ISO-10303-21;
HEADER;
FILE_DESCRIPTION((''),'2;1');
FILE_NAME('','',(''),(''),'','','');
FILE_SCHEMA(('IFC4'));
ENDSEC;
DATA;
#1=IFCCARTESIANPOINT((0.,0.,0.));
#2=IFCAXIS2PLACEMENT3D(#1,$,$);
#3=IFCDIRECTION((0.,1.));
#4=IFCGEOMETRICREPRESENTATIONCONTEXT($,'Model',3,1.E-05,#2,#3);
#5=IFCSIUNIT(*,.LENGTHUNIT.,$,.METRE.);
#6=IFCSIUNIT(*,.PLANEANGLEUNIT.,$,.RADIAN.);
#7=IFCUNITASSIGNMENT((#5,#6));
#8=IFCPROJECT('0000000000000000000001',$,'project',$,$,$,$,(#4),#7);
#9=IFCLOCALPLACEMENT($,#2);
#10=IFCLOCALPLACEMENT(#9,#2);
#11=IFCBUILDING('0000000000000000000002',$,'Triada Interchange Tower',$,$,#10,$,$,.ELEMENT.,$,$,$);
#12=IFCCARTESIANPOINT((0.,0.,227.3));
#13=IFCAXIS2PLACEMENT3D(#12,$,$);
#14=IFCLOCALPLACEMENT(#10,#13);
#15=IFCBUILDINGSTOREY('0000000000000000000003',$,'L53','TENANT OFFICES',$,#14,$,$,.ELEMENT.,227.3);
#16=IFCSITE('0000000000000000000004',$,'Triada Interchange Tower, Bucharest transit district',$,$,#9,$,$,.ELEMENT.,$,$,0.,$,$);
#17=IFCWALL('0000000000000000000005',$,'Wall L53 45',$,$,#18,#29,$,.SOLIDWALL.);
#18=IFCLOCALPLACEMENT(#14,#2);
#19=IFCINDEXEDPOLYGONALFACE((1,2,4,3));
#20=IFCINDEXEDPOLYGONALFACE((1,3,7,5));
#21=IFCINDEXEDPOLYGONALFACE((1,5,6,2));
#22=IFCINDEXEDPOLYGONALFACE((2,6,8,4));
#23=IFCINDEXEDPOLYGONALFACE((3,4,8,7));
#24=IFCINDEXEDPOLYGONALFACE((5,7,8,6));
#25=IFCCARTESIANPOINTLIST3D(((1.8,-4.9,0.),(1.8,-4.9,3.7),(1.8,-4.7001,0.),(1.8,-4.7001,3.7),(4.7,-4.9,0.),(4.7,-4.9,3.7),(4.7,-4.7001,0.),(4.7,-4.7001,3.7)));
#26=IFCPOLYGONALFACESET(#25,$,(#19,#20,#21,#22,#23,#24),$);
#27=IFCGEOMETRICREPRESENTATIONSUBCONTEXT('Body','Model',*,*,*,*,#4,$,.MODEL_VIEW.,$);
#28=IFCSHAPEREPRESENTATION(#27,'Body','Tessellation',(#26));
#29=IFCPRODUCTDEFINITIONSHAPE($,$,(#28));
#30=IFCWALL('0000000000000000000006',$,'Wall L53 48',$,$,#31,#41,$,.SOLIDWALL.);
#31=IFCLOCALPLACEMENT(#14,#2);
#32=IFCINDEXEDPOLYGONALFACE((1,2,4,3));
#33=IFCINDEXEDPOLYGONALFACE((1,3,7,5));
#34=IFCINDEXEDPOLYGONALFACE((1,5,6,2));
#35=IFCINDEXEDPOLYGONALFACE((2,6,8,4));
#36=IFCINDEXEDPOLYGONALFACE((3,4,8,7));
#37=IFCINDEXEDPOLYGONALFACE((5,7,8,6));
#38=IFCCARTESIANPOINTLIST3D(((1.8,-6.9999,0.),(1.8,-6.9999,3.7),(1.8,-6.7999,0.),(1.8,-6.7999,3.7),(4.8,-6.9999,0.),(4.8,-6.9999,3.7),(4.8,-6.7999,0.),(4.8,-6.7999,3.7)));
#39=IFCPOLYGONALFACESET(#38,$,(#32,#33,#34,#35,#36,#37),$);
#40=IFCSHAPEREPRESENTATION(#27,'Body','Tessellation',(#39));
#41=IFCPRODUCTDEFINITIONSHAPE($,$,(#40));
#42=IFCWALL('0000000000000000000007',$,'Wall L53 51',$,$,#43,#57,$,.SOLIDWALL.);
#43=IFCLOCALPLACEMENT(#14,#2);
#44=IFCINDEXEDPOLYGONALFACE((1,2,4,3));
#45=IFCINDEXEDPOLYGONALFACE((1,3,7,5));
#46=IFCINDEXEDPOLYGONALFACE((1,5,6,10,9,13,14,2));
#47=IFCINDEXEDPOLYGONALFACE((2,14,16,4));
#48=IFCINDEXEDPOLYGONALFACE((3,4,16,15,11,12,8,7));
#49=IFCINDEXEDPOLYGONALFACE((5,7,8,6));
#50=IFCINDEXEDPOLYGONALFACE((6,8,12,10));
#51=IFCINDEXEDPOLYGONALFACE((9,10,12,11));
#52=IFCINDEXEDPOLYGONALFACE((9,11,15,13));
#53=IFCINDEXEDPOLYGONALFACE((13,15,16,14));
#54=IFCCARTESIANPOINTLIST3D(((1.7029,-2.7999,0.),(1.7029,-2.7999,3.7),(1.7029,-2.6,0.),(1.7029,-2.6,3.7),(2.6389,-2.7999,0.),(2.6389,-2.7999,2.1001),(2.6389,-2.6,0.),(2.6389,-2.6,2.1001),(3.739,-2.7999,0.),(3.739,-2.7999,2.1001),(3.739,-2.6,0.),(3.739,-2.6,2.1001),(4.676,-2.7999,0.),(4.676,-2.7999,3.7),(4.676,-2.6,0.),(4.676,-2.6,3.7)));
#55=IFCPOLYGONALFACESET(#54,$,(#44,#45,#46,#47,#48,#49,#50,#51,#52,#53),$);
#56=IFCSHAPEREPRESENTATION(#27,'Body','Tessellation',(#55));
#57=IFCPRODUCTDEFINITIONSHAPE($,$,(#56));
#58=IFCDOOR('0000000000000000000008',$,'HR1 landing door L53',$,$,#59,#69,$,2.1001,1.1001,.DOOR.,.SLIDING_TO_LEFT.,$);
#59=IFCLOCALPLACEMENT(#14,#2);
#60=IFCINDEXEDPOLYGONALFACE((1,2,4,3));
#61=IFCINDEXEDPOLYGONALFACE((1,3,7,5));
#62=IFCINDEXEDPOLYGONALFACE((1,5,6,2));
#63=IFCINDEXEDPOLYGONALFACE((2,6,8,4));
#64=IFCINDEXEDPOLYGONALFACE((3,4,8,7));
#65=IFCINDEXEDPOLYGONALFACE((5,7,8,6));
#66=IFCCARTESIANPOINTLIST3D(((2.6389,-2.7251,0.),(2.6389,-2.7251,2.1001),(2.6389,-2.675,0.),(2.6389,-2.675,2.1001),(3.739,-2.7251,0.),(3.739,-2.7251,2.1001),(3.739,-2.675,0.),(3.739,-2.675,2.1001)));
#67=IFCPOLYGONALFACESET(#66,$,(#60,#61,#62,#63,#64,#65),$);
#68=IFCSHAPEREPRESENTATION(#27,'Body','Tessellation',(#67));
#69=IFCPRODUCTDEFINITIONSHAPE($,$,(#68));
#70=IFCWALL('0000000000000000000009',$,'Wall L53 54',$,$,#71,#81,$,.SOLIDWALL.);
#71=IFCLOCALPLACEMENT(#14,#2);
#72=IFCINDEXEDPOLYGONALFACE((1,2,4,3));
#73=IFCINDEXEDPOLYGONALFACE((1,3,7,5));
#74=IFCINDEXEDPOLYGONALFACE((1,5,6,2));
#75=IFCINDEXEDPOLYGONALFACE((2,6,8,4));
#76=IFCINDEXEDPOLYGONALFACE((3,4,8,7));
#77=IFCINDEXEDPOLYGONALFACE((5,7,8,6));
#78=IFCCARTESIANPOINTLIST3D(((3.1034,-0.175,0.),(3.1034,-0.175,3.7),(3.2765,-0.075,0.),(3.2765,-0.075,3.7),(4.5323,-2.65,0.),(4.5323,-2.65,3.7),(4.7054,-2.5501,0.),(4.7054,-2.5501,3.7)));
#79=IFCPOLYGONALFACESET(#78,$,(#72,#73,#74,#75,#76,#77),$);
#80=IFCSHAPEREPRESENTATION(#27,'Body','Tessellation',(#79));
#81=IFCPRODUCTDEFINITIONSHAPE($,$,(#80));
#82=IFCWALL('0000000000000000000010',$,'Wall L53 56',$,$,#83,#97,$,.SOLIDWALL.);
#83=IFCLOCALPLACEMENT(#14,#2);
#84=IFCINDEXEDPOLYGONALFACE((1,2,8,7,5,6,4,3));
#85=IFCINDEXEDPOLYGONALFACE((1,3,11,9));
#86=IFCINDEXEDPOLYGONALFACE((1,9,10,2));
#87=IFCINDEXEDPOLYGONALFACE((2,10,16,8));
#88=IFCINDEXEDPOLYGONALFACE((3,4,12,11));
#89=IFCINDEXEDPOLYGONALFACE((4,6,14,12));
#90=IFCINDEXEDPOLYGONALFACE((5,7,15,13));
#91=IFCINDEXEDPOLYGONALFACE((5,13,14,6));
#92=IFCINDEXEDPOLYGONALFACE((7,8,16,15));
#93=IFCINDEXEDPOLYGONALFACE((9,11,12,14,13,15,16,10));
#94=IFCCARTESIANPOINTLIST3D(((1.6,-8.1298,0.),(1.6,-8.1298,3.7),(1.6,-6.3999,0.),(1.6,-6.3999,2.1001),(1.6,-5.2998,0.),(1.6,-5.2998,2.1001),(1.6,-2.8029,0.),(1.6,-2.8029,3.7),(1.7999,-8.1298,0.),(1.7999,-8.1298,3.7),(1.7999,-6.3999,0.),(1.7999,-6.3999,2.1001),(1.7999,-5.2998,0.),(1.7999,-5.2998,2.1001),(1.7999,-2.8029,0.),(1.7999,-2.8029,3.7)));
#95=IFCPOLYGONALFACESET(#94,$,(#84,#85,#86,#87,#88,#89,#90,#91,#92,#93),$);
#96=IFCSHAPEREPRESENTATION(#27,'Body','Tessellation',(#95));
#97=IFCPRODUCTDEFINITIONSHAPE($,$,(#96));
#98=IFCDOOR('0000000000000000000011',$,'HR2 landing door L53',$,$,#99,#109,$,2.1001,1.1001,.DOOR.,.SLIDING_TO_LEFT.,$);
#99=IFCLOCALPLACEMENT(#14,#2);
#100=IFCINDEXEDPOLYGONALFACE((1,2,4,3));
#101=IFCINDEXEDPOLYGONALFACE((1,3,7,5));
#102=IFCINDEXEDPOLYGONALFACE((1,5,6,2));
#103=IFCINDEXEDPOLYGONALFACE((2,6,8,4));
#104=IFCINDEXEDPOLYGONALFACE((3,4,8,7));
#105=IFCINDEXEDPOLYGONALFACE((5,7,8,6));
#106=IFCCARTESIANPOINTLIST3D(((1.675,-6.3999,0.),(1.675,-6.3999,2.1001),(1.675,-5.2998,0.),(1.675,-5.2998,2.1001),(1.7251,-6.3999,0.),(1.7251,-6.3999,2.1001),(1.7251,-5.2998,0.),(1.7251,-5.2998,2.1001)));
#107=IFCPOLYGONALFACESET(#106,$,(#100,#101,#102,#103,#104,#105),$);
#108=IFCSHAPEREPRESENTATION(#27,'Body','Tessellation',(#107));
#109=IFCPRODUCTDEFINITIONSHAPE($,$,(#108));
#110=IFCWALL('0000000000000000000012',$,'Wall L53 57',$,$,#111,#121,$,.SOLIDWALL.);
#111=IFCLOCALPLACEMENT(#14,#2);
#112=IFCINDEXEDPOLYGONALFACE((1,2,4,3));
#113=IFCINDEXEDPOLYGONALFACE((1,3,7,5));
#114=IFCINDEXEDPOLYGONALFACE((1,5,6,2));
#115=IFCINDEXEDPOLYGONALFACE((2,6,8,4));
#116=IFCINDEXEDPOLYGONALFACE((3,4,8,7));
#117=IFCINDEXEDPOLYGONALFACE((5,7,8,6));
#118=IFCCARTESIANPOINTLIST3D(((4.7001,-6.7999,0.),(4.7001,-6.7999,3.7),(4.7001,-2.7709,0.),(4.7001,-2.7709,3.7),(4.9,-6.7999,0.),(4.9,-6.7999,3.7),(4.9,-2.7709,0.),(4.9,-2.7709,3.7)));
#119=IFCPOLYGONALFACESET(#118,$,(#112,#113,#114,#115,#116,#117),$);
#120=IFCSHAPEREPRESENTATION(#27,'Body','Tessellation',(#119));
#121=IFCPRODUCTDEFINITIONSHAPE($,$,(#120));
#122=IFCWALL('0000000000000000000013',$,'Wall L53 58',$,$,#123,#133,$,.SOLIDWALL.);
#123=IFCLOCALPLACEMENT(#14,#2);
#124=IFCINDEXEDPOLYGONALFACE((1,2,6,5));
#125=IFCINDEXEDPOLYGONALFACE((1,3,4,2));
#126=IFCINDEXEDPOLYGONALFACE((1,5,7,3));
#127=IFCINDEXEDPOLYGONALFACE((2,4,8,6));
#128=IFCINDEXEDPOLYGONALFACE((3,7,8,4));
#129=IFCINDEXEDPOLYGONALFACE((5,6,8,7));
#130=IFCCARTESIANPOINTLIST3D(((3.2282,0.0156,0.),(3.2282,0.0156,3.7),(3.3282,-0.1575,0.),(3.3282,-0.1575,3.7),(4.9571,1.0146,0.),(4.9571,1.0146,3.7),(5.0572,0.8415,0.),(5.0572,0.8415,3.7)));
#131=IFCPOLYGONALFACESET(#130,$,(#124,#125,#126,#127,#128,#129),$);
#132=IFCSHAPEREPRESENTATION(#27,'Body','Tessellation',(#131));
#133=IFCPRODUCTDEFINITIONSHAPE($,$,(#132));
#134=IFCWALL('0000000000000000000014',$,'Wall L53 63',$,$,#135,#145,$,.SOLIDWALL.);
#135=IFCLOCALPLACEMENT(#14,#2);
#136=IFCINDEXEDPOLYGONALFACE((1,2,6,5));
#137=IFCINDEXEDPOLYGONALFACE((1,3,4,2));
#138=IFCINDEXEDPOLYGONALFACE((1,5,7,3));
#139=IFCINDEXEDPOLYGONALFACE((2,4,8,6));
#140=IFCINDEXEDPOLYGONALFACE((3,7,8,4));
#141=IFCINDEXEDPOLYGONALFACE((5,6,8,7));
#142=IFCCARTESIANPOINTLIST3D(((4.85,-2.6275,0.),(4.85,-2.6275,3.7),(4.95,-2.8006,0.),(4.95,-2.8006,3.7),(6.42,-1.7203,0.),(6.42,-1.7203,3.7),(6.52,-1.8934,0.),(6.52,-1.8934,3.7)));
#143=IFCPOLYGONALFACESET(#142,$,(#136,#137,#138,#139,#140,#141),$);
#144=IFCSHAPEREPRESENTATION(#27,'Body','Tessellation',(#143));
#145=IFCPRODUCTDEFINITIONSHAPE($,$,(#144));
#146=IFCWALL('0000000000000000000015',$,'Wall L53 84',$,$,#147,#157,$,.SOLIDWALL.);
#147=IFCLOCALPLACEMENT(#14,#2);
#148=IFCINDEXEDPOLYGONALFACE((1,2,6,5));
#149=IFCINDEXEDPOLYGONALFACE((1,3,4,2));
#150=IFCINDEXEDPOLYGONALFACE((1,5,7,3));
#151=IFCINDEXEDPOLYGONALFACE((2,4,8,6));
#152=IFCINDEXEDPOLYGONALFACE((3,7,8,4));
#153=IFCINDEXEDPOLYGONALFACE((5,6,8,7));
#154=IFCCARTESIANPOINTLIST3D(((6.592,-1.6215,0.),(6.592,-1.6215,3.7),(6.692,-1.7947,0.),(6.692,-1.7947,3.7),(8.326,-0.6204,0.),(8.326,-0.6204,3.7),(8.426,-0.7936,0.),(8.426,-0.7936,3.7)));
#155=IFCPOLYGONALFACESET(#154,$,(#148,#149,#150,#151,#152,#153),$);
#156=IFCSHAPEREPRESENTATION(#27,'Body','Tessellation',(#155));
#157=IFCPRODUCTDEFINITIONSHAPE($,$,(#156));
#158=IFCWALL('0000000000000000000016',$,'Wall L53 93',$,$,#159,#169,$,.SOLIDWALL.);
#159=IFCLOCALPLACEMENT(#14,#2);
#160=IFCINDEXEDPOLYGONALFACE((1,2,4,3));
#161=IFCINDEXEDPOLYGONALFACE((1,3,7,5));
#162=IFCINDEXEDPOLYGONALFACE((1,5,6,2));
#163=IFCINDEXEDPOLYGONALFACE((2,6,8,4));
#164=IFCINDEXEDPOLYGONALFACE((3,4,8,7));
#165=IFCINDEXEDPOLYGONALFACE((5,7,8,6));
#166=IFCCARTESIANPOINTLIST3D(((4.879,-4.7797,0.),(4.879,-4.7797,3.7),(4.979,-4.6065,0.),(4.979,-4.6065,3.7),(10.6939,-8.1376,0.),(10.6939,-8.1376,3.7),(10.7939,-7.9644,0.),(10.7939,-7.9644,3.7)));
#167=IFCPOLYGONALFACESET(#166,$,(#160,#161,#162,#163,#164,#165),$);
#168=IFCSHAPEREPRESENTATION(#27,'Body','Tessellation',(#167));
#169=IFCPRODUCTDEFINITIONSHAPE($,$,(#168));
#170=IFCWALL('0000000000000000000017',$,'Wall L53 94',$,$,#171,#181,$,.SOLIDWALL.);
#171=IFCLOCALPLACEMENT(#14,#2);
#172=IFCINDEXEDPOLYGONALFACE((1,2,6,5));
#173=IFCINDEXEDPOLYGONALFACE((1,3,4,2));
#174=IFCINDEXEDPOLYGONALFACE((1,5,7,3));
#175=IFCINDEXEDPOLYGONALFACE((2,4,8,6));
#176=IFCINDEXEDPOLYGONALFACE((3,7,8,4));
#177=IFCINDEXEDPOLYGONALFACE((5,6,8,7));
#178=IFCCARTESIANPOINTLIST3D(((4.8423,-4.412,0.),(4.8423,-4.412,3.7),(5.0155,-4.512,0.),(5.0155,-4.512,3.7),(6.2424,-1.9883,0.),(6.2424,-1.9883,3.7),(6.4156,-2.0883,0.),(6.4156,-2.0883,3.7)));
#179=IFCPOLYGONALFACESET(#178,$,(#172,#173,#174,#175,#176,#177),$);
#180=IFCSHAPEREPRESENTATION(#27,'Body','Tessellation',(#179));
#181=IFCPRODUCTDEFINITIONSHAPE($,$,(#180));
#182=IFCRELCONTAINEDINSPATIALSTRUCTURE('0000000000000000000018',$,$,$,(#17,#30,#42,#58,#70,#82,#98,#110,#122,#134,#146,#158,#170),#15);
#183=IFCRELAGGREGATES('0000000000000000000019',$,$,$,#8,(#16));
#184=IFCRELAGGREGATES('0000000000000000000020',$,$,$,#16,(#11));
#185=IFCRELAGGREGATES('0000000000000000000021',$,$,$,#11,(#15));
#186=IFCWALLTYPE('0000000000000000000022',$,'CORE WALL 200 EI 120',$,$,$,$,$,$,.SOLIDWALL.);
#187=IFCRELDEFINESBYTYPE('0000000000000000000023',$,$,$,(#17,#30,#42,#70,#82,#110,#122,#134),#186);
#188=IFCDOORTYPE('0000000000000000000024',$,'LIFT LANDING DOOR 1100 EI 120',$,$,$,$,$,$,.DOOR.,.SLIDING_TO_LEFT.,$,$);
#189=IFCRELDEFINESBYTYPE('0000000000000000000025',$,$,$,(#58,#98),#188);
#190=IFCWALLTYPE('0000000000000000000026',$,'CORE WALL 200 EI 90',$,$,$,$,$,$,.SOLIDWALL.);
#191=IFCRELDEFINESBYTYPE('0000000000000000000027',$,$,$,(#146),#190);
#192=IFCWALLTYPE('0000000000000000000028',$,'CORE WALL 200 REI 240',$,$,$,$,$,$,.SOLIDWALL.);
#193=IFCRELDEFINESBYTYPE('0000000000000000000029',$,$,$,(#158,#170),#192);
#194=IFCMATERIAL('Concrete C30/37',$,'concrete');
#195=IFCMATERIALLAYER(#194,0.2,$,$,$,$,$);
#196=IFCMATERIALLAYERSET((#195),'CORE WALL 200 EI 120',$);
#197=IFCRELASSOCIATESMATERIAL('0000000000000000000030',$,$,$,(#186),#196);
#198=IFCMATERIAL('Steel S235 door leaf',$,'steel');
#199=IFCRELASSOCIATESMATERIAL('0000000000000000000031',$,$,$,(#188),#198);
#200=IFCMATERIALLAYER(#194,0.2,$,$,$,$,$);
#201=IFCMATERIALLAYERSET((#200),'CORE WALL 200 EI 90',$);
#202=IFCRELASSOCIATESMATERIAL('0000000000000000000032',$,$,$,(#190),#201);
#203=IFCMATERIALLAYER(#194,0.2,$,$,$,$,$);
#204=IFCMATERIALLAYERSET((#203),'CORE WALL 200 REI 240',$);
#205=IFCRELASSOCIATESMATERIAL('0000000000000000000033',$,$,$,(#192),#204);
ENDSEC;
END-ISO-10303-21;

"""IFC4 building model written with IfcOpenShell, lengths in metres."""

from ifc_helpers import new_model, si_unit, direction, frame, frame_2d, origin, place, context, subcontext, project, spatial, rectangle, extrude, material, layer, layer_set, type_object, element, fill, save


model = new_model("IFC4")

# Units and contexts
model_context = context("Model", 3, precision=1e-05, world=origin(), true_north=direction((0.0, 1.0)))
body_context = subcontext(model_context, "Body", "Model", "MODEL_VIEW")
ifc_project = project(units=[si_unit("LENGTHUNIT", "METRE"), si_unit("PLANEANGLEUNIT", "RADIAN")], contexts=[model_context])

# Site, building, storey
site_placement = place(None, origin())
site = spatial("IfcSite", under=ifc_project, at=site_placement, Name="Triada Interchange Tower, Bucharest transit district", CompositionType="ELEMENT", RefElevation=0.0)
building_placement = place(site_placement, origin())
building = spatial("IfcBuilding", under=site, at=building_placement, Name="Triada Interchange Tower", CompositionType="ELEMENT")
storey_placement = place(building_placement, frame((0.0, 0.0, 227.3)))
storey = spatial("IfcBuildingStorey", under=building, at=storey_placement, Name="L53", Description="TENANT OFFICES", CompositionType="ELEMENT", Elevation=227.3)

# Walls
ifc_material_1 = material(Name="Concrete C30/37", Category="concrete")
ifc_layer_1 = layer(ifc_material_1, 0.2)
ifc_layer_set_1 = layer_set([ifc_layer_1], Name="CORE WALL 200 EI 120")
wall_type_1 = type_object("IfcWallType", Name="CORE WALL 200 EI 120", PredefinedType="SOLIDWALL", material=ifc_layer_set_1)
wall_1_placement = place(storey_placement, frame((1.8, -4.8, 0.0), z_axis=(0.0, 0.0, 1.0), x_axis=(1.0, 0.0, 0.0)))
element("IfcWall", 1, at=wall_1_placement, inside=storey, type_object=wall_type_1, Name="Wall L53 45", PredefinedType="SOLIDWALL", context=body_context, shape_type="SweptSolid", body=[
    extrude(rectangle(XDim=2.8999, YDim=0.2, at=frame_2d((1.45, 0.0))), origin(), (0.0, 0.0, 1.0), 3.7),
])
wall_2_placement = place(storey_placement, frame((1.8, -6.8999, 0.0), z_axis=(0.0, 0.0, 1.0), x_axis=(1.0, 0.0, 0.0)))
element("IfcWall", 2, at=wall_2_placement, inside=storey, type_object=wall_type_1, Name="Wall L53 48", PredefinedType="SOLIDWALL", context=body_context, shape_type="SweptSolid", body=[
    extrude(rectangle(XDim=3.0, YDim=0.2, at=frame_2d((1.5, 0.0))), origin(), (0.0, 0.0, 1.0), 3.7),
])

# Wall, opening, door
wall_3_placement = place(storey_placement, frame((1.7029, -2.7, 0.0), z_axis=(0.0, 0.0, 1.0), x_axis=(1.0, 0.0, 0.0)))
wall_3 = element("IfcWall", 3, at=wall_3_placement, inside=storey, type_object=wall_type_1, Name="Wall L53 51", PredefinedType="SOLIDWALL", context=body_context, shape_type="SweptSolid", body=[
    extrude(rectangle(XDim=2.9731, YDim=0.2, at=frame_2d((1.4866, 0.0))), origin(), (0.0, 0.0, 1.0), 3.7),
])
opening_1_placement = place(wall_3_placement, frame((0.936, 0.0, 0.0)))
opening_1 = element("IfcOpeningElement", 4, at=opening_1_placement, cuts=wall_3, PredefinedType="OPENING", context=body_context, shape_type="SweptSolid", body=[
    extrude(rectangle(XDim=1.1001, YDim=2.1001, at=frame_2d((0.55, 1.05))), frame((0.0, 0.1099, 0.0), z_axis=(0.0, -1.0, 0.0), x_axis=(1.0, 0.0, 0.0)), (0.0, 0.0, 1.0), 0.22),
])
ifc_material_2 = material(Name="Steel S235 door leaf", Category="steel")
door_type_1 = type_object("IfcDoorType", Name="LIFT LANDING DOOR 1100 EI 120", OperationType="SLIDING_TO_LEFT", PredefinedType="DOOR", material=ifc_material_2)
door_1_placement = place(opening_1_placement, origin())
door_1 = element("IfcDoor", 5, at=door_1_placement, inside=storey, type_object=door_type_1, Name="HR1 landing door L53", OperationType="SLIDING_TO_LEFT", OverallHeight=2.1001, OverallWidth=1.1001, PredefinedType="DOOR", context=body_context, shape_type="SweptSolid", body=[
    extrude(rectangle(XDim=1.1001, YDim=2.1001, at=frame_2d((0.55, 1.05))), frame((0.0, 0.0249, 0.0), z_axis=(0.0, -1.0, 0.0), x_axis=(1.0, 0.0, 0.0)), (0.0, 0.0, 1.0), 0.05),
])
fill(opening_1, door_1)

# Wall
wall_4_placement = place(storey_placement, frame((3.1899, -0.125, 0.0), z_axis=(0.0, 0.0, 1.0), x_axis=(0.499989, -0.866032, 0.0)))
element("IfcWall", 6, at=wall_4_placement, inside=storey, type_object=wall_type_1, Name="Wall L53 54", PredefinedType="SOLIDWALL", context=body_context, shape_type="SweptSolid", body=[
    extrude(rectangle(XDim=2.8579, YDim=0.2, at=frame_2d((1.429, 0.0))), origin(), (0.0, 0.0, 1.0), 3.7),
])

# Wall, opening, door
wall_5_placement = place(storey_placement, frame((1.7, -8.1299, 0.0), z_axis=(0.0, 0.0, 1.0), x_axis=(0.0, 1.0, 0.0)))
wall_5 = element("IfcWall", 7, at=wall_5_placement, inside=storey, type_object=wall_type_1, Name="Wall L53 56", PredefinedType="SOLIDWALL", context=body_context, shape_type="SweptSolid", body=[
    extrude(rectangle(XDim=5.3269, YDim=0.2, at=frame_2d((2.6636, 0.0))), origin(), (0.0, 0.0, 1.0), 3.7),
])
opening_2_placement = place(wall_5_placement, frame((1.73, 0.0, 0.0)))
opening_2 = element("IfcOpeningElement", 8, at=opening_2_placement, cuts=wall_5, PredefinedType="OPENING", context=body_context, shape_type="SweptSolid", body=[
    extrude(rectangle(XDim=1.1001, YDim=2.1001, at=frame_2d((0.55, 1.05))), frame((0.0, 0.1099, 0.0), z_axis=(0.0, -1.0, 0.0), x_axis=(1.0, 0.0, 0.0)), (0.0, 0.0, 1.0), 0.22),
])
door_2_placement = place(opening_2_placement, origin())
door_2 = element("IfcDoor", 9, at=door_2_placement, inside=storey, type_object=door_type_1, Name="HR2 landing door L53", OperationType="SLIDING_TO_LEFT", OverallHeight=2.1001, OverallWidth=1.1001, PredefinedType="DOOR", context=body_context, shape_type="SweptSolid", body=[
    extrude(rectangle(XDim=1.1001, YDim=2.1001, at=frame_2d((0.55, 1.05))), frame((0.0, 0.0249, 0.0), z_axis=(0.0, -1.0, 0.0), x_axis=(1.0, 0.0, 0.0)), (0.0, 0.0, 1.0), 0.05),
])
fill(opening_2, door_2)

# Walls
wall_6_placement = place(storey_placement, frame((4.8, -6.8, 0.0), z_axis=(0.0, 0.0, 1.0), x_axis=(0.0, 1.0, 0.0)))
element("IfcWall", 10, at=wall_6_placement, inside=storey, type_object=wall_type_1, Name="Wall L53 57", PredefinedType="SOLIDWALL", context=body_context, shape_type="SweptSolid", body=[
    extrude(rectangle(XDim=4.0291, YDim=0.2, at=frame_2d((2.0146, 0.0))), origin(), (0.0, 0.0, 1.0), 3.7),
])
wall_7_placement = place(storey_placement, frame((3.2781, -0.071, 0.0), z_axis=(0.0, 0.0, 1.0), x_axis=(0.865856, 0.500294, 0.0)))
element("IfcWall", 11, at=wall_7_placement, inside=storey, type_object=wall_type_1, Name="Wall L53 58", PredefinedType="SOLIDWALL", context=body_context, shape_type="SweptSolid", body=[
    extrude(rectangle(XDim=1.9968, YDim=0.2, at=frame_2d((0.9985, 0.0))), origin(), (0.0, 0.0, 1.0), 3.7),
])
wall_8_placement = place(storey_placement, frame((4.8999, -2.7141, 0.0), z_axis=(0.0, 0.0, 1.0), x_axis=(0.865847, 0.500309, 0.0)))
element("IfcWall", 12, at=wall_8_placement, inside=storey, type_object=wall_type_1, Name="Wall L53 63", PredefinedType="SOLIDWALL", context=body_context, shape_type="SweptSolid", body=[
    extrude(rectangle(XDim=1.8132, YDim=0.2, at=frame_2d((0.9067, 0.0))), origin(), (0.0, 0.0, 1.0), 3.7),
])
ifc_layer_2 = layer(ifc_material_1, 0.2)
ifc_layer_set_2 = layer_set([ifc_layer_2], Name="CORE WALL 200 EI 90")
wall_type_2 = type_object("IfcWallType", Name="CORE WALL 200 EI 90", PredefinedType="SOLIDWALL", material=ifc_layer_set_2)
wall_9_placement = place(storey_placement, frame((6.6421, -1.708, 0.0), z_axis=(0.0, 0.0, 1.0), x_axis=(0.866043, 0.499969, 0.0)))
element("IfcWall", 13, at=wall_9_placement, inside=storey, type_object=wall_type_2, Name="Wall L53 84", PredefinedType="SOLIDWALL", context=body_context, shape_type="SweptSolid", body=[
    extrude(rectangle(XDim=2.0022, YDim=0.2, at=frame_2d((1.001, 0.0))), origin(), (0.0, 0.0, 1.0), 3.7),
])
ifc_layer_3 = layer(ifc_material_1, 0.2)
ifc_layer_set_3 = layer_set([ifc_layer_3], Name="CORE WALL 200 REI 240")
wall_type_3 = type_object("IfcWallType", Name="CORE WALL 200 REI 240", PredefinedType="SOLIDWALL", material=ifc_layer_set_3)
wall_10_placement = place(storey_placement, frame((4.929, -4.6931, 0.0), z_axis=(0.0, 0.0, 1.0), x_axis=(0.865983, -0.500073, 0.0)))
element("IfcWall", 14, at=wall_10_placement, inside=storey, type_object=wall_type_3, Name="Wall L53 93", PredefinedType="SOLIDWALL", context=body_context, shape_type="SweptSolid", body=[
    extrude(rectangle(XDim=6.7148, YDim=0.2, at=frame_2d((3.3574, 0.0))), origin(), (0.0, 0.0, 1.0), 3.7),
])
wall_11_placement = place(storey_placement, frame((4.929, -4.4619, 0.0), z_axis=(0.0, 0.0, 1.0), x_axis=(0.500201, 0.86591, 0.0)))
element("IfcWall", 15, at=wall_11_placement, inside=storey, type_object=wall_type_3, Name="Wall L53 94", PredefinedType="SOLIDWALL", context=body_context, shape_type="SweptSolid", body=[
    extrude(rectangle(XDim=2.7991, YDim=0.2, at=frame_2d((1.3994, 0.0))), origin(), (0.0, 0.0, 1.0), 3.7),
])

save(model, "model.ifc")
